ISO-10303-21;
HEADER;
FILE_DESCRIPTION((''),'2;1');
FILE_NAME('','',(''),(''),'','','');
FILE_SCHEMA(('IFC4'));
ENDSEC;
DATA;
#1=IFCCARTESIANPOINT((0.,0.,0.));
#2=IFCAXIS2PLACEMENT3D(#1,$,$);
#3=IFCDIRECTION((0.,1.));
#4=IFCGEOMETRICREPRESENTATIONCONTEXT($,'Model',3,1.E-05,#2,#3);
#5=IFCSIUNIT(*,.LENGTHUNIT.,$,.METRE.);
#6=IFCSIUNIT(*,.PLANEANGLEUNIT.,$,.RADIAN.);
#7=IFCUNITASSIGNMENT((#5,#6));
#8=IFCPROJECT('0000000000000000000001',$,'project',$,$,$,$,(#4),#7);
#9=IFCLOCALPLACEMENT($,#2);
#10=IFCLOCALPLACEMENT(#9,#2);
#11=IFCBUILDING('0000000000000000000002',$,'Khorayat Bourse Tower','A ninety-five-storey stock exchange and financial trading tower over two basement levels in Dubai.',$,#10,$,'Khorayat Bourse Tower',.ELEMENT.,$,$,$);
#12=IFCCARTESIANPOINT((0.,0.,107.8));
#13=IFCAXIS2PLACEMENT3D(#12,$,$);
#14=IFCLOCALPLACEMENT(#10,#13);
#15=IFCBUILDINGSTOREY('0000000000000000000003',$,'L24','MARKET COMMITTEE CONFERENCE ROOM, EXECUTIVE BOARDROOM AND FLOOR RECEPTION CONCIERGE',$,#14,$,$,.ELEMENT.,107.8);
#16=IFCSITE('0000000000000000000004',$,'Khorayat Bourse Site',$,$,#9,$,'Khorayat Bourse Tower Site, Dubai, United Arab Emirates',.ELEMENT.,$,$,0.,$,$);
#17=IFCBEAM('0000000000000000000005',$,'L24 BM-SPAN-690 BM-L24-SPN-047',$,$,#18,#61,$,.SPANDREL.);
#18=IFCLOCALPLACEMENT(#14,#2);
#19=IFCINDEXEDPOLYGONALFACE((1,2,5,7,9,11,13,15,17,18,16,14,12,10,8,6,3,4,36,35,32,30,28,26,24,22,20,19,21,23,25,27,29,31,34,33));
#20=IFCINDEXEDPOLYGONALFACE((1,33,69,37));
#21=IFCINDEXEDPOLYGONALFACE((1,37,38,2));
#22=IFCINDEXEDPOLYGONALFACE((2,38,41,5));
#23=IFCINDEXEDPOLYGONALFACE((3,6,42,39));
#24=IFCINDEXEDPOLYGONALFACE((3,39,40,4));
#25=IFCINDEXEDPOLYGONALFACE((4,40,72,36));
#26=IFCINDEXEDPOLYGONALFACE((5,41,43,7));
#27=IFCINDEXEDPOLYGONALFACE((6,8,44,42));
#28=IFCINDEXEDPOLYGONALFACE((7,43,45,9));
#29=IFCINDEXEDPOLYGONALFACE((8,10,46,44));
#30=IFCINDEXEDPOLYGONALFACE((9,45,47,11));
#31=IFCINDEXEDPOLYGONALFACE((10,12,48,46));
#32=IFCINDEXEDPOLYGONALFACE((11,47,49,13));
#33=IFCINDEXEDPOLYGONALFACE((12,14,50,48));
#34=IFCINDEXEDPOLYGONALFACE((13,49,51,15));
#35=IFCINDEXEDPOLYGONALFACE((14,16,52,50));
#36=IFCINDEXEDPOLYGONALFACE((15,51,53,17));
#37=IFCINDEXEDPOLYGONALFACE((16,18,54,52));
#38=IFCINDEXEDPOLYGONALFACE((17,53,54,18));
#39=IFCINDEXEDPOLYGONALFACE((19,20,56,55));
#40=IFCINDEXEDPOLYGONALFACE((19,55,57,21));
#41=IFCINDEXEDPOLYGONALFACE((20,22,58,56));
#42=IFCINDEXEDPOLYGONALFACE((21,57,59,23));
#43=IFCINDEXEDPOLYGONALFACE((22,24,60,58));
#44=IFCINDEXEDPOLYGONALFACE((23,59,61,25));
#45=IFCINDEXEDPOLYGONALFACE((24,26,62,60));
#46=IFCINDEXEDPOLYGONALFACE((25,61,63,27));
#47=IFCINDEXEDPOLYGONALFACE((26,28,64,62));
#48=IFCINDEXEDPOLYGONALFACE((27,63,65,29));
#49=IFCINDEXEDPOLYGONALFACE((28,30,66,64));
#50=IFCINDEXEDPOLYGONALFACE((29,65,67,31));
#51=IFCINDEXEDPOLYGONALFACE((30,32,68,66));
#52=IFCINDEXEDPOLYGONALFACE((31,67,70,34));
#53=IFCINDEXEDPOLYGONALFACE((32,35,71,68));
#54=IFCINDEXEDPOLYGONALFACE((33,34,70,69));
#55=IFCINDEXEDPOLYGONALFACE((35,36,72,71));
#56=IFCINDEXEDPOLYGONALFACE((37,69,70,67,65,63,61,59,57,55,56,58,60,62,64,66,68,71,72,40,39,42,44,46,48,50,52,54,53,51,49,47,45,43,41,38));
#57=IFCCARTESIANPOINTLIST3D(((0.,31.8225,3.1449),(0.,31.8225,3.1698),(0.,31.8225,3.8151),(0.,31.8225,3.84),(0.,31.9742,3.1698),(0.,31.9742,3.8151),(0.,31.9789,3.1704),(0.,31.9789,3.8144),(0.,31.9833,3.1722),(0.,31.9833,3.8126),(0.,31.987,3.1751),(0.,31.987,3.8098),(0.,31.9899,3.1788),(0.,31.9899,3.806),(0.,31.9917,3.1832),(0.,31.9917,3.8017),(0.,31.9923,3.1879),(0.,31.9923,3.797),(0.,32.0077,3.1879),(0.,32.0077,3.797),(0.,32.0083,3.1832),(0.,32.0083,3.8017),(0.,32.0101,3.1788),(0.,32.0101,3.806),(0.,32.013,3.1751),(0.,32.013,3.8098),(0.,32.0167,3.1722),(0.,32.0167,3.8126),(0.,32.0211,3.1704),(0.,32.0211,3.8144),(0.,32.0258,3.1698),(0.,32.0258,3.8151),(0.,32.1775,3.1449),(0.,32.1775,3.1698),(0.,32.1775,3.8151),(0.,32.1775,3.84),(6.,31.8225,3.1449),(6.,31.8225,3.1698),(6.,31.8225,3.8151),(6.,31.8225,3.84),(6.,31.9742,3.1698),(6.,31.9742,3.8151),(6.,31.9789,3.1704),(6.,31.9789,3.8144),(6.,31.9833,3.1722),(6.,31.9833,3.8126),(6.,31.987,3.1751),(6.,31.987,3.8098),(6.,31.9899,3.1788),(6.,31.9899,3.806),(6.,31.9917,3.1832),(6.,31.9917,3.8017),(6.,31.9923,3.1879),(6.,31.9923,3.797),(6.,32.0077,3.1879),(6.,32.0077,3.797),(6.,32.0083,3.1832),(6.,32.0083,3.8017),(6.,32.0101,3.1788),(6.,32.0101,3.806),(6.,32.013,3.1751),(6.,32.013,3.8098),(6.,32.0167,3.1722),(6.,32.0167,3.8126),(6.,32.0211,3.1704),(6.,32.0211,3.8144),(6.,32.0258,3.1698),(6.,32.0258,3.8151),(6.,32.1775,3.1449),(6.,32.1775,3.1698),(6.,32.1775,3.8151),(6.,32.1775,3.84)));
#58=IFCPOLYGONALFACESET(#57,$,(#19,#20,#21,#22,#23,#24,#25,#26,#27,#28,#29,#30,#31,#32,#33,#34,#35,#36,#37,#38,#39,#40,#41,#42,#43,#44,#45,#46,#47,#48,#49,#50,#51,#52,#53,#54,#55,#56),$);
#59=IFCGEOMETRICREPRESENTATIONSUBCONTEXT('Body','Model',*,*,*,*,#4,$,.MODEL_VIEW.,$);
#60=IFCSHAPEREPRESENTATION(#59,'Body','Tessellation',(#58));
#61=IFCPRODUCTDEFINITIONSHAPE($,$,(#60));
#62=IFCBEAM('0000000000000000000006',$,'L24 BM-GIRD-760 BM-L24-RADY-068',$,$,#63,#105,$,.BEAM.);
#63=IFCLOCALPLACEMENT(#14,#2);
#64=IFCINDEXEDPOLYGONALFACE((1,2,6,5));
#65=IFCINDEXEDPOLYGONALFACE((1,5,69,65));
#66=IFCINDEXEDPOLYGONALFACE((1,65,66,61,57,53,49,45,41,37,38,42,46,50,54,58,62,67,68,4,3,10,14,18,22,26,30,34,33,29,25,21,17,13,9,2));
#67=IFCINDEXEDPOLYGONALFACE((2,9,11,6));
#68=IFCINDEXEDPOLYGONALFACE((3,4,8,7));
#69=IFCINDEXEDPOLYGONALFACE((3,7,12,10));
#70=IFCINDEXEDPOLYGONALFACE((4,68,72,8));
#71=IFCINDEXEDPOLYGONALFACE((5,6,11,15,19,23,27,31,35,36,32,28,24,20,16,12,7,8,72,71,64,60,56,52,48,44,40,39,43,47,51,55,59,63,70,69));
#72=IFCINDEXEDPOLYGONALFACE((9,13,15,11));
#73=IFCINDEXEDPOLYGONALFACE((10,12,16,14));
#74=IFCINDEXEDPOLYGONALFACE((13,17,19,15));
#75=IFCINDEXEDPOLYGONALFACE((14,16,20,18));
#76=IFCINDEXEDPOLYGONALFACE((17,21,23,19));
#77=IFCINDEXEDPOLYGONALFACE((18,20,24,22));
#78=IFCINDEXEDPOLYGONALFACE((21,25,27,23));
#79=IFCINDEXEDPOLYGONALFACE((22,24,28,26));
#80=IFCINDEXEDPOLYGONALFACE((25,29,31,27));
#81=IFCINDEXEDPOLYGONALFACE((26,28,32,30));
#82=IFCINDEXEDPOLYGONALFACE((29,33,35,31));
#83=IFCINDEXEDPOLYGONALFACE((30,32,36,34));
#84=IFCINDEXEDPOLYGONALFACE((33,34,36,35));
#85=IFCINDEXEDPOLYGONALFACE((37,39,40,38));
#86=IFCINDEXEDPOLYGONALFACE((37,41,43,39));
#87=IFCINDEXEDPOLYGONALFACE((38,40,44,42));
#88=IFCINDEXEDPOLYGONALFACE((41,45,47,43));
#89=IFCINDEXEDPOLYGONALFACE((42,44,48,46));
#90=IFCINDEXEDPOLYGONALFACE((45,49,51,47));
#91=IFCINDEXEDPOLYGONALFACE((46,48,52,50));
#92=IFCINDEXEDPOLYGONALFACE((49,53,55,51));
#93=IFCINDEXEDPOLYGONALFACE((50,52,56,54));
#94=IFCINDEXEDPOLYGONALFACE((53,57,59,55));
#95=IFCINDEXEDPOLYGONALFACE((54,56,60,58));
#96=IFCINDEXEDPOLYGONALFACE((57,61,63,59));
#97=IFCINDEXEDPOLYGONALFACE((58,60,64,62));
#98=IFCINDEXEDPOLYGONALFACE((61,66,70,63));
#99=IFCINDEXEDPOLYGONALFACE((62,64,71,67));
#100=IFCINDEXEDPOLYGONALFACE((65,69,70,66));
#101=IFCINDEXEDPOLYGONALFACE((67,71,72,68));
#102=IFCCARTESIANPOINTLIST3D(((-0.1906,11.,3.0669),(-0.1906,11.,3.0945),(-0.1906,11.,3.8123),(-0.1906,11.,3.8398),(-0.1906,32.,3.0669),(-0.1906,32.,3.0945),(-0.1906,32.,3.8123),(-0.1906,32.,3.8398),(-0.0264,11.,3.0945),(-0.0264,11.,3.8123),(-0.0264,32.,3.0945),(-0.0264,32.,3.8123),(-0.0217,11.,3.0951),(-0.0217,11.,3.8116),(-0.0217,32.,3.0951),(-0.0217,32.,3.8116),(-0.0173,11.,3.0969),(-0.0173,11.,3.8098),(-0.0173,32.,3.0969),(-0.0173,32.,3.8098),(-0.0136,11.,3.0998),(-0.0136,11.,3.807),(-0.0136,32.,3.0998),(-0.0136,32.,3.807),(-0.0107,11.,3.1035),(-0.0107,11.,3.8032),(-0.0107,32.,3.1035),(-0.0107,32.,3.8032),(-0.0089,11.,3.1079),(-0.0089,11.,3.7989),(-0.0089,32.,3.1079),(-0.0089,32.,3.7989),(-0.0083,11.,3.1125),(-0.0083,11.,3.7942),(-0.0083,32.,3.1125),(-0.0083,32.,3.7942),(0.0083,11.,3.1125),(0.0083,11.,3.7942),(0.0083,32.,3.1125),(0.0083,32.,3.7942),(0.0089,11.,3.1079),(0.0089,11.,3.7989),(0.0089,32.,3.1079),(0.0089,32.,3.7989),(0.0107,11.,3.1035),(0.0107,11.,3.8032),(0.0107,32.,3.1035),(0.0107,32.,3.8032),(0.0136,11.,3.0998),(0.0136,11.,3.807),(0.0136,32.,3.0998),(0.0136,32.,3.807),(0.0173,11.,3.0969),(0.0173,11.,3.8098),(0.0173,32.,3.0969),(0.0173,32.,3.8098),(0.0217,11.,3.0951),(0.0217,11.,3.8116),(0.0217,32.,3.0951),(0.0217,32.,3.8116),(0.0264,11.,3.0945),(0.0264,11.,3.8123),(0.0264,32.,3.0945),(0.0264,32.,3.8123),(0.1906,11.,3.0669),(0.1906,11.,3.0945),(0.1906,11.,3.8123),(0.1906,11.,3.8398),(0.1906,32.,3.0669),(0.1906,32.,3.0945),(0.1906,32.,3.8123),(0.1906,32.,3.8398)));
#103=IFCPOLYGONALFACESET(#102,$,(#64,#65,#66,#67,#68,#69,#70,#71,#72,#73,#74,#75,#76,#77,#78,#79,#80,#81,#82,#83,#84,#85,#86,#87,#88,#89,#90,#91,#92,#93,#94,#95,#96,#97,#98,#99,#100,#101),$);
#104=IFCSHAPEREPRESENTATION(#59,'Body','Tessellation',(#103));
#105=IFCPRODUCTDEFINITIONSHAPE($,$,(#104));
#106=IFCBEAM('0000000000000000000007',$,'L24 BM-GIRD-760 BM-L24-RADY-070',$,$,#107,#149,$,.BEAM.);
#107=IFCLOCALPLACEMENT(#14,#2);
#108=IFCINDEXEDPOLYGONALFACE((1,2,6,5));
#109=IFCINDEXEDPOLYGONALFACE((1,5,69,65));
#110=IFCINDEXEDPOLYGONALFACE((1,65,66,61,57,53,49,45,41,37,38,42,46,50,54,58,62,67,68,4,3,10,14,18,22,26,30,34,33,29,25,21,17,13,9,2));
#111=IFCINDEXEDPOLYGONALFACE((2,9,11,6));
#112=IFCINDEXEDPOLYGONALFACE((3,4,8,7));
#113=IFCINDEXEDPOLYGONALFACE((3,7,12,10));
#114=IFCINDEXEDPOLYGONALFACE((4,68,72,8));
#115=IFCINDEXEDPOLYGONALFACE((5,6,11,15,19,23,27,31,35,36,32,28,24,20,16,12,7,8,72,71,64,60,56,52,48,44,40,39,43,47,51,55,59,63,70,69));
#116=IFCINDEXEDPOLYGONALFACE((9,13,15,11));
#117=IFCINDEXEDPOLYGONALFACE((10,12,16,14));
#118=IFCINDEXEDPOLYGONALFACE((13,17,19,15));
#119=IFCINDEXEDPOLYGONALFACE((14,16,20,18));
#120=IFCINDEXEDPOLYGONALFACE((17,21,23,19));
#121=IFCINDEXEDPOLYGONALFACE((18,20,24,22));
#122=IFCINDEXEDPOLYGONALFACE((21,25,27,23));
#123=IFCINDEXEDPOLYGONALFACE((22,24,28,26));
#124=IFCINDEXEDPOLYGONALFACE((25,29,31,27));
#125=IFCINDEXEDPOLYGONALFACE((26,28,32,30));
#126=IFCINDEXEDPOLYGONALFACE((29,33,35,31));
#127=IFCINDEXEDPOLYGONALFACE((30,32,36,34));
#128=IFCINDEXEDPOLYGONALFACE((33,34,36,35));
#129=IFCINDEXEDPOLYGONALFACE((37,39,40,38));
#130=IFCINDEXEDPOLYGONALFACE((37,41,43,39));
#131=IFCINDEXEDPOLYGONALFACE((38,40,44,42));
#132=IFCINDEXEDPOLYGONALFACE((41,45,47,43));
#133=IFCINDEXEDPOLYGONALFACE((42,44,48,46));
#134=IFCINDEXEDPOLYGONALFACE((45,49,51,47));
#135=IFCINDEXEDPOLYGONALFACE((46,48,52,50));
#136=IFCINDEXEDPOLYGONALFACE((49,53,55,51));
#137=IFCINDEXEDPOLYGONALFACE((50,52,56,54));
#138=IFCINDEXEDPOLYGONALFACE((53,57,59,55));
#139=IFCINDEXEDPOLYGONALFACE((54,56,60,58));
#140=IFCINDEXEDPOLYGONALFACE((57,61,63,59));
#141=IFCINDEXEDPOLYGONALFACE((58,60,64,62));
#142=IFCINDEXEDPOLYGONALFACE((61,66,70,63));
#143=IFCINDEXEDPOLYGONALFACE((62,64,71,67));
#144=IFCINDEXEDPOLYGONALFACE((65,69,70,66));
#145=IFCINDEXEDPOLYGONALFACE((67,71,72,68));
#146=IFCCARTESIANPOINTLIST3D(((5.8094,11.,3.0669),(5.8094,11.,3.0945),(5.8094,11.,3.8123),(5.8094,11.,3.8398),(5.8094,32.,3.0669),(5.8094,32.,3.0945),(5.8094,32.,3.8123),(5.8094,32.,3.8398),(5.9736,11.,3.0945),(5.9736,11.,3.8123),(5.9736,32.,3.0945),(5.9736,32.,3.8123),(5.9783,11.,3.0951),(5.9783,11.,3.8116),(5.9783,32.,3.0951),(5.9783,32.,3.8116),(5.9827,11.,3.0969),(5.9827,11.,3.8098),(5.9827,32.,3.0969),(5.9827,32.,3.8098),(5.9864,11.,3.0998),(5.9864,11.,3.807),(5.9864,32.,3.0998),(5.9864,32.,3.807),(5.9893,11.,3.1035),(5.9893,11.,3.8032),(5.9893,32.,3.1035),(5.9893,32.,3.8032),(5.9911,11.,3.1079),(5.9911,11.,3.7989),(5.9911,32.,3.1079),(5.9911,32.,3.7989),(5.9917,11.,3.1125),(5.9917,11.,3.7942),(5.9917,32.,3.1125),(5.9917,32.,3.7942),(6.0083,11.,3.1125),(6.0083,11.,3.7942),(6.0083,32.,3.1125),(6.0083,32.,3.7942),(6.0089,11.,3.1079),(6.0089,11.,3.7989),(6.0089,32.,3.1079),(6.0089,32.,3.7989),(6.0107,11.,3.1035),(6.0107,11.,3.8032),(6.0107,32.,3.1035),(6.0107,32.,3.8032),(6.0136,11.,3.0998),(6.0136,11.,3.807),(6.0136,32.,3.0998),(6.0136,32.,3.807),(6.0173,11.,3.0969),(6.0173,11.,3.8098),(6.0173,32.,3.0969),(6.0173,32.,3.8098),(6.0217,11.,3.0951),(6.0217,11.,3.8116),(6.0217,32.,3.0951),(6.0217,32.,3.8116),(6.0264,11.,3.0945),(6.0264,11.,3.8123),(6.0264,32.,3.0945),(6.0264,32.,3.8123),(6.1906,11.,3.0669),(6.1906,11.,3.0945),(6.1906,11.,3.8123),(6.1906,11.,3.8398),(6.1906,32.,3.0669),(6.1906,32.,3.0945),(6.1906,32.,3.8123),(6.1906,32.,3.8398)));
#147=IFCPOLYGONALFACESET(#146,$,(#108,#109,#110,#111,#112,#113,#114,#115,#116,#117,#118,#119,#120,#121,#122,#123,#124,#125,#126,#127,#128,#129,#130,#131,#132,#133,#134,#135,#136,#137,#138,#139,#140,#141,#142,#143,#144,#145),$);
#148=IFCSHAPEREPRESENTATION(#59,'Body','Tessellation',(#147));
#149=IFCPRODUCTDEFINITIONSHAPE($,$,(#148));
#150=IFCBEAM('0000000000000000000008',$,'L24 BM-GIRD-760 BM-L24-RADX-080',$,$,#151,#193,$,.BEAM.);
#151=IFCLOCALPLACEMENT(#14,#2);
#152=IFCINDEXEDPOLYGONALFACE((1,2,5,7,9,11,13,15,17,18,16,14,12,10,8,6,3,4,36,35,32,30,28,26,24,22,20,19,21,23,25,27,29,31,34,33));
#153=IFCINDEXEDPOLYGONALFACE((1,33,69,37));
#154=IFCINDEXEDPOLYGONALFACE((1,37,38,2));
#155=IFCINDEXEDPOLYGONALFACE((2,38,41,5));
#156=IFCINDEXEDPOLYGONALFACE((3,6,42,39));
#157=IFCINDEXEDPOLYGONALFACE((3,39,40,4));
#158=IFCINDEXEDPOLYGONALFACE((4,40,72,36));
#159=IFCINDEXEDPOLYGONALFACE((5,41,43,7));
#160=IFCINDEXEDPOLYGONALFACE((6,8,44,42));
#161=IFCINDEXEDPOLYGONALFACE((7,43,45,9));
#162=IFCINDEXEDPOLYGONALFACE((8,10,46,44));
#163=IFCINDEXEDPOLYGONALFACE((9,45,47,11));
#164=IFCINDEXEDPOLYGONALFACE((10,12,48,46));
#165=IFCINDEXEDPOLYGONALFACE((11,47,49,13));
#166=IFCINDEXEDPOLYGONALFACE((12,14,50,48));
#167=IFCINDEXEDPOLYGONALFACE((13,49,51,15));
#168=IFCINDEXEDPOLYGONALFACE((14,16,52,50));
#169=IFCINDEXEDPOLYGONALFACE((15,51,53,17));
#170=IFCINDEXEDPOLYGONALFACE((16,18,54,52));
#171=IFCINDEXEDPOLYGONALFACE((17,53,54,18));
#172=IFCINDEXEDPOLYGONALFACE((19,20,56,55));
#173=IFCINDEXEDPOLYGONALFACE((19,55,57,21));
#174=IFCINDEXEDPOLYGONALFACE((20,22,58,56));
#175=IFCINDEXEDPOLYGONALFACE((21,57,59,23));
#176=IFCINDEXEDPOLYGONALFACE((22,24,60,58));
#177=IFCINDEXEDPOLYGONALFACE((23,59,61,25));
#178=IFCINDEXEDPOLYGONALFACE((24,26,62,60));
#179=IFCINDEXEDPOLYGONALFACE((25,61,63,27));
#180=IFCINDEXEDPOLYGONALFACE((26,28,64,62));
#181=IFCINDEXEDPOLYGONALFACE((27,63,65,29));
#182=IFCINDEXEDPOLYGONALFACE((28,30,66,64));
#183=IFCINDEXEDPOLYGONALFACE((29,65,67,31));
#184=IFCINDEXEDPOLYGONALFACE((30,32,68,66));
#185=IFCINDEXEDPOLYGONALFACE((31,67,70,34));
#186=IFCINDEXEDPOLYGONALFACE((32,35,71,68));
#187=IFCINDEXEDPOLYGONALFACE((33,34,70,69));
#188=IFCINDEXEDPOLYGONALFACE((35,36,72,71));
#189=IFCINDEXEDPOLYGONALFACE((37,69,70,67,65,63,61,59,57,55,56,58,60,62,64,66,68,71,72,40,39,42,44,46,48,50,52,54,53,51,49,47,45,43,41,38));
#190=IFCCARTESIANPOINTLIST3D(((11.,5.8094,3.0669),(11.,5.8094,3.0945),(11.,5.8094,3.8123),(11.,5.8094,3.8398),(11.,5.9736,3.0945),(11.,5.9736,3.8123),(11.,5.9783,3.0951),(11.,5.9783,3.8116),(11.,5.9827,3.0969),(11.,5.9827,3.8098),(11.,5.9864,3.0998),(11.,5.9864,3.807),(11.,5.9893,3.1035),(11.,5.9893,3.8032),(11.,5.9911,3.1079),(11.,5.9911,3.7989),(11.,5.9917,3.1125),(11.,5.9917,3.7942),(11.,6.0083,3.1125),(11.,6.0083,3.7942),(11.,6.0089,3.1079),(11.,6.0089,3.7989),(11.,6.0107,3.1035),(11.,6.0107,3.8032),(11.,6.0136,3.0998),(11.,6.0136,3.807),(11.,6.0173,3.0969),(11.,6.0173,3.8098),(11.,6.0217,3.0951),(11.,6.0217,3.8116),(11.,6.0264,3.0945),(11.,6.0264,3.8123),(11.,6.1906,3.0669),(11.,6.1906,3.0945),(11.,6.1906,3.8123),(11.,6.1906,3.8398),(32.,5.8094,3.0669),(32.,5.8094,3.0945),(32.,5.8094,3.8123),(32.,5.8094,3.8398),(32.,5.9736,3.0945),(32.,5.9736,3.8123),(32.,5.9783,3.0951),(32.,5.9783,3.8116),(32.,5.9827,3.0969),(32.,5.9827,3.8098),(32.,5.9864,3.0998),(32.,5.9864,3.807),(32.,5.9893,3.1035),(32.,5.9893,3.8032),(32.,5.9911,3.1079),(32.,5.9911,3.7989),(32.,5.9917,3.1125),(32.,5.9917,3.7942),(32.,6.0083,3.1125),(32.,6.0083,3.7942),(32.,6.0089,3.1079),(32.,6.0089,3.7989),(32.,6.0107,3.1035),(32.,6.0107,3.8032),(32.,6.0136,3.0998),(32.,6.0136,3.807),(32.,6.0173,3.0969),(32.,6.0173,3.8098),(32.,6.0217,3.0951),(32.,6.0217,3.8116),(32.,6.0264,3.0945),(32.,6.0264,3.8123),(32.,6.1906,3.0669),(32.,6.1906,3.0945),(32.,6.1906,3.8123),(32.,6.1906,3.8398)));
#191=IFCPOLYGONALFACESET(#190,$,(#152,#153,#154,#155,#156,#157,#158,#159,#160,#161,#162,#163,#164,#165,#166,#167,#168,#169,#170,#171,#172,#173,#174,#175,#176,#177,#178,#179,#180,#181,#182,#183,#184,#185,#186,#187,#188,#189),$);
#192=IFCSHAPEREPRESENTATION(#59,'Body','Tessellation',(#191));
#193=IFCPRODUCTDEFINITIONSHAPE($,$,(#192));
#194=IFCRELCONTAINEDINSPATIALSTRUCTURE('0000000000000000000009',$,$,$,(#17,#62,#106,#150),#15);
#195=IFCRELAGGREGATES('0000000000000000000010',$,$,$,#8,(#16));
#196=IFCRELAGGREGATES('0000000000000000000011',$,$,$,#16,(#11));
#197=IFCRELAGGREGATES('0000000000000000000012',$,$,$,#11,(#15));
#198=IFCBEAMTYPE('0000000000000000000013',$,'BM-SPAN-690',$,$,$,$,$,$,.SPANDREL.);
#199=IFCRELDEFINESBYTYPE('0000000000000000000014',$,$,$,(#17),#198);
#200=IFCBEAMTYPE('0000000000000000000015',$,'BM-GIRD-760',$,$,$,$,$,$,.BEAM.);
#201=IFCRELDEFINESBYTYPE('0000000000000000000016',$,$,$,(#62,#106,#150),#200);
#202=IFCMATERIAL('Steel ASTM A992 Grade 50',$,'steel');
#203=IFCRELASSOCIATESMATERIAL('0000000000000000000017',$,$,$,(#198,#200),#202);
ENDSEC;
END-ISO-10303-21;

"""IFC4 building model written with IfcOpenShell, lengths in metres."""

from ifc_helpers import new_model, si_unit, direction, frame, origin, origin_2d, place, context, subcontext, project, spatial, i_section, extrude, source, transform, mapped, material, material_profile, profile_set, type_object, element, save


model = new_model("IFC4")

# Units and contexts
model_context = context("Model", 3, precision=1e-05, world=origin(), true_north=direction((0.0, 1.0)))
body_context = subcontext(model_context, "Body", "Model", "MODEL_VIEW")
ifc_project = project(units=[si_unit("LENGTHUNIT", "METRE"), si_unit("PLANEANGLEUNIT", "RADIAN")], contexts=[model_context])

# Site, building, storey
site_placement = place(None, origin())
site = spatial("IfcSite", under=ifc_project, at=site_placement, Name="Khorayat Bourse Site", LongName="Khorayat Bourse Tower Site, Dubai, United Arab Emirates", CompositionType="ELEMENT", RefElevation=0.0)
building_placement = place(site_placement, origin())
building = spatial("IfcBuilding", under=site, at=building_placement, Name="Khorayat Bourse Tower", Description="A ninety-five-storey stock exchange and financial trading tower over two basement levels in Dubai.", LongName="Khorayat Bourse Tower", CompositionType="ELEMENT")
storey_placement = place(building_placement, frame((0.0, 0.0, 107.8)))
storey = spatial("IfcBuildingStorey", under=building, at=storey_placement, Name="L24", Description="MARKET COMMITTEE CONFERENCE ROOM, EXECUTIVE BOARDROOM AND FLOOR RECEPTION CONCIERGE", CompositionType="ELEMENT", Elevation=107.8)

# Beams
ifc_material_1 = material(Name="Steel ASTM A992 Grade 50", Category="steel")
ifc_material_profile_1 = material_profile(ifc_material_1, i_section(OverallWidth=0.355, OverallDepth=0.6951, WebThickness=0.0154, FlangeThickness=0.0249, FilletRadius=0.0181, at=origin_2d()), Name="W690X217")
ifc_profile_set_1 = profile_set([ifc_material_profile_1], Name="Steel ASTM A992 Grade 50")
beam_type_1 = type_object("IfcBeamType", Name="BM-SPAN-690", PredefinedType="SPANDREL", material=ifc_profile_set_1)
shared_shape_1 = source(origin(), body_context, "Body", "SweptSolid", [
    extrude(i_section(OverallWidth=0.355, OverallDepth=0.6951, WebThickness=0.0154, FlangeThickness=0.0249, FilletRadius=0.0181, at=origin_2d()), origin(), (0.0, 0.0, 1.0), 6.0),
])
beam_1_placement = place(storey_placement, frame((0.0, 32.0, 3.4924), z_axis=(1.0, 0.0, 0.0), x_axis=(0.0, 1.0, 0.0)))
element("IfcBeam", 1, at=beam_1_placement, inside=storey, type_object=beam_type_1, Name="L24 BM-SPAN-690 BM-L24-SPN-047", PredefinedType="SPANDREL", context=body_context, shape_type="MappedRepresentation", body=[
    mapped(shared_shape_1, transform((0.0, 0.0, 0.0), scale=1.0)),
])
ifc_material_profile_2 = material_profile(ifc_material_1, i_section(OverallWidth=0.3811, OverallDepth=0.7729, WebThickness=0.0166, FlangeThickness=0.0276, FilletRadius=0.0181, at=origin_2d()), Name="W760X257")
ifc_profile_set_2 = profile_set([ifc_material_profile_2], Name="Steel ASTM A992 Grade 50")
beam_type_2 = type_object("IfcBeamType", Name="BM-GIRD-760", PredefinedType="BEAM", material=ifc_profile_set_2)
shared_shape_2 = source(origin(), body_context, "Body", "SweptSolid", [
    extrude(i_section(OverallWidth=0.3811, OverallDepth=0.7729, WebThickness=0.0166, FlangeThickness=0.0276, FilletRadius=0.0181, at=origin_2d()), origin(), (0.0, 0.0, 1.0), 21.0),
])
for number, where, z_axis, x_axis, name in (
    (2, (0.0, 11.0, 3.4534), (0.0, 1.0, 0.0), (-1.0, 0.0, 0.0), "L24 BM-GIRD-760 BM-L24-RADY-068"),
    (3, (6.0, 11.0, 3.4534), (0.0, 1.0, 0.0), (-1.0, 0.0, 0.0), "L24 BM-GIRD-760 BM-L24-RADY-070"),
    (4, (11.0, 6.0, 3.4534), (1.0, 0.0, 0.0), (0.0, 1.0, 0.0), "L24 BM-GIRD-760 BM-L24-RADX-080"),
):
    element("IfcBeam", number, at=place(storey_placement, frame(where, z_axis=z_axis, x_axis=x_axis)), inside=storey, type_object=beam_type_2, Name=name, PredefinedType="BEAM", context=body_context, shape_type="MappedRepresentation", body=[
        mapped(shared_shape_2, transform((0.0, 0.0, 0.0), scale=1.0)),
    ])

save(model, "model.ifc")
